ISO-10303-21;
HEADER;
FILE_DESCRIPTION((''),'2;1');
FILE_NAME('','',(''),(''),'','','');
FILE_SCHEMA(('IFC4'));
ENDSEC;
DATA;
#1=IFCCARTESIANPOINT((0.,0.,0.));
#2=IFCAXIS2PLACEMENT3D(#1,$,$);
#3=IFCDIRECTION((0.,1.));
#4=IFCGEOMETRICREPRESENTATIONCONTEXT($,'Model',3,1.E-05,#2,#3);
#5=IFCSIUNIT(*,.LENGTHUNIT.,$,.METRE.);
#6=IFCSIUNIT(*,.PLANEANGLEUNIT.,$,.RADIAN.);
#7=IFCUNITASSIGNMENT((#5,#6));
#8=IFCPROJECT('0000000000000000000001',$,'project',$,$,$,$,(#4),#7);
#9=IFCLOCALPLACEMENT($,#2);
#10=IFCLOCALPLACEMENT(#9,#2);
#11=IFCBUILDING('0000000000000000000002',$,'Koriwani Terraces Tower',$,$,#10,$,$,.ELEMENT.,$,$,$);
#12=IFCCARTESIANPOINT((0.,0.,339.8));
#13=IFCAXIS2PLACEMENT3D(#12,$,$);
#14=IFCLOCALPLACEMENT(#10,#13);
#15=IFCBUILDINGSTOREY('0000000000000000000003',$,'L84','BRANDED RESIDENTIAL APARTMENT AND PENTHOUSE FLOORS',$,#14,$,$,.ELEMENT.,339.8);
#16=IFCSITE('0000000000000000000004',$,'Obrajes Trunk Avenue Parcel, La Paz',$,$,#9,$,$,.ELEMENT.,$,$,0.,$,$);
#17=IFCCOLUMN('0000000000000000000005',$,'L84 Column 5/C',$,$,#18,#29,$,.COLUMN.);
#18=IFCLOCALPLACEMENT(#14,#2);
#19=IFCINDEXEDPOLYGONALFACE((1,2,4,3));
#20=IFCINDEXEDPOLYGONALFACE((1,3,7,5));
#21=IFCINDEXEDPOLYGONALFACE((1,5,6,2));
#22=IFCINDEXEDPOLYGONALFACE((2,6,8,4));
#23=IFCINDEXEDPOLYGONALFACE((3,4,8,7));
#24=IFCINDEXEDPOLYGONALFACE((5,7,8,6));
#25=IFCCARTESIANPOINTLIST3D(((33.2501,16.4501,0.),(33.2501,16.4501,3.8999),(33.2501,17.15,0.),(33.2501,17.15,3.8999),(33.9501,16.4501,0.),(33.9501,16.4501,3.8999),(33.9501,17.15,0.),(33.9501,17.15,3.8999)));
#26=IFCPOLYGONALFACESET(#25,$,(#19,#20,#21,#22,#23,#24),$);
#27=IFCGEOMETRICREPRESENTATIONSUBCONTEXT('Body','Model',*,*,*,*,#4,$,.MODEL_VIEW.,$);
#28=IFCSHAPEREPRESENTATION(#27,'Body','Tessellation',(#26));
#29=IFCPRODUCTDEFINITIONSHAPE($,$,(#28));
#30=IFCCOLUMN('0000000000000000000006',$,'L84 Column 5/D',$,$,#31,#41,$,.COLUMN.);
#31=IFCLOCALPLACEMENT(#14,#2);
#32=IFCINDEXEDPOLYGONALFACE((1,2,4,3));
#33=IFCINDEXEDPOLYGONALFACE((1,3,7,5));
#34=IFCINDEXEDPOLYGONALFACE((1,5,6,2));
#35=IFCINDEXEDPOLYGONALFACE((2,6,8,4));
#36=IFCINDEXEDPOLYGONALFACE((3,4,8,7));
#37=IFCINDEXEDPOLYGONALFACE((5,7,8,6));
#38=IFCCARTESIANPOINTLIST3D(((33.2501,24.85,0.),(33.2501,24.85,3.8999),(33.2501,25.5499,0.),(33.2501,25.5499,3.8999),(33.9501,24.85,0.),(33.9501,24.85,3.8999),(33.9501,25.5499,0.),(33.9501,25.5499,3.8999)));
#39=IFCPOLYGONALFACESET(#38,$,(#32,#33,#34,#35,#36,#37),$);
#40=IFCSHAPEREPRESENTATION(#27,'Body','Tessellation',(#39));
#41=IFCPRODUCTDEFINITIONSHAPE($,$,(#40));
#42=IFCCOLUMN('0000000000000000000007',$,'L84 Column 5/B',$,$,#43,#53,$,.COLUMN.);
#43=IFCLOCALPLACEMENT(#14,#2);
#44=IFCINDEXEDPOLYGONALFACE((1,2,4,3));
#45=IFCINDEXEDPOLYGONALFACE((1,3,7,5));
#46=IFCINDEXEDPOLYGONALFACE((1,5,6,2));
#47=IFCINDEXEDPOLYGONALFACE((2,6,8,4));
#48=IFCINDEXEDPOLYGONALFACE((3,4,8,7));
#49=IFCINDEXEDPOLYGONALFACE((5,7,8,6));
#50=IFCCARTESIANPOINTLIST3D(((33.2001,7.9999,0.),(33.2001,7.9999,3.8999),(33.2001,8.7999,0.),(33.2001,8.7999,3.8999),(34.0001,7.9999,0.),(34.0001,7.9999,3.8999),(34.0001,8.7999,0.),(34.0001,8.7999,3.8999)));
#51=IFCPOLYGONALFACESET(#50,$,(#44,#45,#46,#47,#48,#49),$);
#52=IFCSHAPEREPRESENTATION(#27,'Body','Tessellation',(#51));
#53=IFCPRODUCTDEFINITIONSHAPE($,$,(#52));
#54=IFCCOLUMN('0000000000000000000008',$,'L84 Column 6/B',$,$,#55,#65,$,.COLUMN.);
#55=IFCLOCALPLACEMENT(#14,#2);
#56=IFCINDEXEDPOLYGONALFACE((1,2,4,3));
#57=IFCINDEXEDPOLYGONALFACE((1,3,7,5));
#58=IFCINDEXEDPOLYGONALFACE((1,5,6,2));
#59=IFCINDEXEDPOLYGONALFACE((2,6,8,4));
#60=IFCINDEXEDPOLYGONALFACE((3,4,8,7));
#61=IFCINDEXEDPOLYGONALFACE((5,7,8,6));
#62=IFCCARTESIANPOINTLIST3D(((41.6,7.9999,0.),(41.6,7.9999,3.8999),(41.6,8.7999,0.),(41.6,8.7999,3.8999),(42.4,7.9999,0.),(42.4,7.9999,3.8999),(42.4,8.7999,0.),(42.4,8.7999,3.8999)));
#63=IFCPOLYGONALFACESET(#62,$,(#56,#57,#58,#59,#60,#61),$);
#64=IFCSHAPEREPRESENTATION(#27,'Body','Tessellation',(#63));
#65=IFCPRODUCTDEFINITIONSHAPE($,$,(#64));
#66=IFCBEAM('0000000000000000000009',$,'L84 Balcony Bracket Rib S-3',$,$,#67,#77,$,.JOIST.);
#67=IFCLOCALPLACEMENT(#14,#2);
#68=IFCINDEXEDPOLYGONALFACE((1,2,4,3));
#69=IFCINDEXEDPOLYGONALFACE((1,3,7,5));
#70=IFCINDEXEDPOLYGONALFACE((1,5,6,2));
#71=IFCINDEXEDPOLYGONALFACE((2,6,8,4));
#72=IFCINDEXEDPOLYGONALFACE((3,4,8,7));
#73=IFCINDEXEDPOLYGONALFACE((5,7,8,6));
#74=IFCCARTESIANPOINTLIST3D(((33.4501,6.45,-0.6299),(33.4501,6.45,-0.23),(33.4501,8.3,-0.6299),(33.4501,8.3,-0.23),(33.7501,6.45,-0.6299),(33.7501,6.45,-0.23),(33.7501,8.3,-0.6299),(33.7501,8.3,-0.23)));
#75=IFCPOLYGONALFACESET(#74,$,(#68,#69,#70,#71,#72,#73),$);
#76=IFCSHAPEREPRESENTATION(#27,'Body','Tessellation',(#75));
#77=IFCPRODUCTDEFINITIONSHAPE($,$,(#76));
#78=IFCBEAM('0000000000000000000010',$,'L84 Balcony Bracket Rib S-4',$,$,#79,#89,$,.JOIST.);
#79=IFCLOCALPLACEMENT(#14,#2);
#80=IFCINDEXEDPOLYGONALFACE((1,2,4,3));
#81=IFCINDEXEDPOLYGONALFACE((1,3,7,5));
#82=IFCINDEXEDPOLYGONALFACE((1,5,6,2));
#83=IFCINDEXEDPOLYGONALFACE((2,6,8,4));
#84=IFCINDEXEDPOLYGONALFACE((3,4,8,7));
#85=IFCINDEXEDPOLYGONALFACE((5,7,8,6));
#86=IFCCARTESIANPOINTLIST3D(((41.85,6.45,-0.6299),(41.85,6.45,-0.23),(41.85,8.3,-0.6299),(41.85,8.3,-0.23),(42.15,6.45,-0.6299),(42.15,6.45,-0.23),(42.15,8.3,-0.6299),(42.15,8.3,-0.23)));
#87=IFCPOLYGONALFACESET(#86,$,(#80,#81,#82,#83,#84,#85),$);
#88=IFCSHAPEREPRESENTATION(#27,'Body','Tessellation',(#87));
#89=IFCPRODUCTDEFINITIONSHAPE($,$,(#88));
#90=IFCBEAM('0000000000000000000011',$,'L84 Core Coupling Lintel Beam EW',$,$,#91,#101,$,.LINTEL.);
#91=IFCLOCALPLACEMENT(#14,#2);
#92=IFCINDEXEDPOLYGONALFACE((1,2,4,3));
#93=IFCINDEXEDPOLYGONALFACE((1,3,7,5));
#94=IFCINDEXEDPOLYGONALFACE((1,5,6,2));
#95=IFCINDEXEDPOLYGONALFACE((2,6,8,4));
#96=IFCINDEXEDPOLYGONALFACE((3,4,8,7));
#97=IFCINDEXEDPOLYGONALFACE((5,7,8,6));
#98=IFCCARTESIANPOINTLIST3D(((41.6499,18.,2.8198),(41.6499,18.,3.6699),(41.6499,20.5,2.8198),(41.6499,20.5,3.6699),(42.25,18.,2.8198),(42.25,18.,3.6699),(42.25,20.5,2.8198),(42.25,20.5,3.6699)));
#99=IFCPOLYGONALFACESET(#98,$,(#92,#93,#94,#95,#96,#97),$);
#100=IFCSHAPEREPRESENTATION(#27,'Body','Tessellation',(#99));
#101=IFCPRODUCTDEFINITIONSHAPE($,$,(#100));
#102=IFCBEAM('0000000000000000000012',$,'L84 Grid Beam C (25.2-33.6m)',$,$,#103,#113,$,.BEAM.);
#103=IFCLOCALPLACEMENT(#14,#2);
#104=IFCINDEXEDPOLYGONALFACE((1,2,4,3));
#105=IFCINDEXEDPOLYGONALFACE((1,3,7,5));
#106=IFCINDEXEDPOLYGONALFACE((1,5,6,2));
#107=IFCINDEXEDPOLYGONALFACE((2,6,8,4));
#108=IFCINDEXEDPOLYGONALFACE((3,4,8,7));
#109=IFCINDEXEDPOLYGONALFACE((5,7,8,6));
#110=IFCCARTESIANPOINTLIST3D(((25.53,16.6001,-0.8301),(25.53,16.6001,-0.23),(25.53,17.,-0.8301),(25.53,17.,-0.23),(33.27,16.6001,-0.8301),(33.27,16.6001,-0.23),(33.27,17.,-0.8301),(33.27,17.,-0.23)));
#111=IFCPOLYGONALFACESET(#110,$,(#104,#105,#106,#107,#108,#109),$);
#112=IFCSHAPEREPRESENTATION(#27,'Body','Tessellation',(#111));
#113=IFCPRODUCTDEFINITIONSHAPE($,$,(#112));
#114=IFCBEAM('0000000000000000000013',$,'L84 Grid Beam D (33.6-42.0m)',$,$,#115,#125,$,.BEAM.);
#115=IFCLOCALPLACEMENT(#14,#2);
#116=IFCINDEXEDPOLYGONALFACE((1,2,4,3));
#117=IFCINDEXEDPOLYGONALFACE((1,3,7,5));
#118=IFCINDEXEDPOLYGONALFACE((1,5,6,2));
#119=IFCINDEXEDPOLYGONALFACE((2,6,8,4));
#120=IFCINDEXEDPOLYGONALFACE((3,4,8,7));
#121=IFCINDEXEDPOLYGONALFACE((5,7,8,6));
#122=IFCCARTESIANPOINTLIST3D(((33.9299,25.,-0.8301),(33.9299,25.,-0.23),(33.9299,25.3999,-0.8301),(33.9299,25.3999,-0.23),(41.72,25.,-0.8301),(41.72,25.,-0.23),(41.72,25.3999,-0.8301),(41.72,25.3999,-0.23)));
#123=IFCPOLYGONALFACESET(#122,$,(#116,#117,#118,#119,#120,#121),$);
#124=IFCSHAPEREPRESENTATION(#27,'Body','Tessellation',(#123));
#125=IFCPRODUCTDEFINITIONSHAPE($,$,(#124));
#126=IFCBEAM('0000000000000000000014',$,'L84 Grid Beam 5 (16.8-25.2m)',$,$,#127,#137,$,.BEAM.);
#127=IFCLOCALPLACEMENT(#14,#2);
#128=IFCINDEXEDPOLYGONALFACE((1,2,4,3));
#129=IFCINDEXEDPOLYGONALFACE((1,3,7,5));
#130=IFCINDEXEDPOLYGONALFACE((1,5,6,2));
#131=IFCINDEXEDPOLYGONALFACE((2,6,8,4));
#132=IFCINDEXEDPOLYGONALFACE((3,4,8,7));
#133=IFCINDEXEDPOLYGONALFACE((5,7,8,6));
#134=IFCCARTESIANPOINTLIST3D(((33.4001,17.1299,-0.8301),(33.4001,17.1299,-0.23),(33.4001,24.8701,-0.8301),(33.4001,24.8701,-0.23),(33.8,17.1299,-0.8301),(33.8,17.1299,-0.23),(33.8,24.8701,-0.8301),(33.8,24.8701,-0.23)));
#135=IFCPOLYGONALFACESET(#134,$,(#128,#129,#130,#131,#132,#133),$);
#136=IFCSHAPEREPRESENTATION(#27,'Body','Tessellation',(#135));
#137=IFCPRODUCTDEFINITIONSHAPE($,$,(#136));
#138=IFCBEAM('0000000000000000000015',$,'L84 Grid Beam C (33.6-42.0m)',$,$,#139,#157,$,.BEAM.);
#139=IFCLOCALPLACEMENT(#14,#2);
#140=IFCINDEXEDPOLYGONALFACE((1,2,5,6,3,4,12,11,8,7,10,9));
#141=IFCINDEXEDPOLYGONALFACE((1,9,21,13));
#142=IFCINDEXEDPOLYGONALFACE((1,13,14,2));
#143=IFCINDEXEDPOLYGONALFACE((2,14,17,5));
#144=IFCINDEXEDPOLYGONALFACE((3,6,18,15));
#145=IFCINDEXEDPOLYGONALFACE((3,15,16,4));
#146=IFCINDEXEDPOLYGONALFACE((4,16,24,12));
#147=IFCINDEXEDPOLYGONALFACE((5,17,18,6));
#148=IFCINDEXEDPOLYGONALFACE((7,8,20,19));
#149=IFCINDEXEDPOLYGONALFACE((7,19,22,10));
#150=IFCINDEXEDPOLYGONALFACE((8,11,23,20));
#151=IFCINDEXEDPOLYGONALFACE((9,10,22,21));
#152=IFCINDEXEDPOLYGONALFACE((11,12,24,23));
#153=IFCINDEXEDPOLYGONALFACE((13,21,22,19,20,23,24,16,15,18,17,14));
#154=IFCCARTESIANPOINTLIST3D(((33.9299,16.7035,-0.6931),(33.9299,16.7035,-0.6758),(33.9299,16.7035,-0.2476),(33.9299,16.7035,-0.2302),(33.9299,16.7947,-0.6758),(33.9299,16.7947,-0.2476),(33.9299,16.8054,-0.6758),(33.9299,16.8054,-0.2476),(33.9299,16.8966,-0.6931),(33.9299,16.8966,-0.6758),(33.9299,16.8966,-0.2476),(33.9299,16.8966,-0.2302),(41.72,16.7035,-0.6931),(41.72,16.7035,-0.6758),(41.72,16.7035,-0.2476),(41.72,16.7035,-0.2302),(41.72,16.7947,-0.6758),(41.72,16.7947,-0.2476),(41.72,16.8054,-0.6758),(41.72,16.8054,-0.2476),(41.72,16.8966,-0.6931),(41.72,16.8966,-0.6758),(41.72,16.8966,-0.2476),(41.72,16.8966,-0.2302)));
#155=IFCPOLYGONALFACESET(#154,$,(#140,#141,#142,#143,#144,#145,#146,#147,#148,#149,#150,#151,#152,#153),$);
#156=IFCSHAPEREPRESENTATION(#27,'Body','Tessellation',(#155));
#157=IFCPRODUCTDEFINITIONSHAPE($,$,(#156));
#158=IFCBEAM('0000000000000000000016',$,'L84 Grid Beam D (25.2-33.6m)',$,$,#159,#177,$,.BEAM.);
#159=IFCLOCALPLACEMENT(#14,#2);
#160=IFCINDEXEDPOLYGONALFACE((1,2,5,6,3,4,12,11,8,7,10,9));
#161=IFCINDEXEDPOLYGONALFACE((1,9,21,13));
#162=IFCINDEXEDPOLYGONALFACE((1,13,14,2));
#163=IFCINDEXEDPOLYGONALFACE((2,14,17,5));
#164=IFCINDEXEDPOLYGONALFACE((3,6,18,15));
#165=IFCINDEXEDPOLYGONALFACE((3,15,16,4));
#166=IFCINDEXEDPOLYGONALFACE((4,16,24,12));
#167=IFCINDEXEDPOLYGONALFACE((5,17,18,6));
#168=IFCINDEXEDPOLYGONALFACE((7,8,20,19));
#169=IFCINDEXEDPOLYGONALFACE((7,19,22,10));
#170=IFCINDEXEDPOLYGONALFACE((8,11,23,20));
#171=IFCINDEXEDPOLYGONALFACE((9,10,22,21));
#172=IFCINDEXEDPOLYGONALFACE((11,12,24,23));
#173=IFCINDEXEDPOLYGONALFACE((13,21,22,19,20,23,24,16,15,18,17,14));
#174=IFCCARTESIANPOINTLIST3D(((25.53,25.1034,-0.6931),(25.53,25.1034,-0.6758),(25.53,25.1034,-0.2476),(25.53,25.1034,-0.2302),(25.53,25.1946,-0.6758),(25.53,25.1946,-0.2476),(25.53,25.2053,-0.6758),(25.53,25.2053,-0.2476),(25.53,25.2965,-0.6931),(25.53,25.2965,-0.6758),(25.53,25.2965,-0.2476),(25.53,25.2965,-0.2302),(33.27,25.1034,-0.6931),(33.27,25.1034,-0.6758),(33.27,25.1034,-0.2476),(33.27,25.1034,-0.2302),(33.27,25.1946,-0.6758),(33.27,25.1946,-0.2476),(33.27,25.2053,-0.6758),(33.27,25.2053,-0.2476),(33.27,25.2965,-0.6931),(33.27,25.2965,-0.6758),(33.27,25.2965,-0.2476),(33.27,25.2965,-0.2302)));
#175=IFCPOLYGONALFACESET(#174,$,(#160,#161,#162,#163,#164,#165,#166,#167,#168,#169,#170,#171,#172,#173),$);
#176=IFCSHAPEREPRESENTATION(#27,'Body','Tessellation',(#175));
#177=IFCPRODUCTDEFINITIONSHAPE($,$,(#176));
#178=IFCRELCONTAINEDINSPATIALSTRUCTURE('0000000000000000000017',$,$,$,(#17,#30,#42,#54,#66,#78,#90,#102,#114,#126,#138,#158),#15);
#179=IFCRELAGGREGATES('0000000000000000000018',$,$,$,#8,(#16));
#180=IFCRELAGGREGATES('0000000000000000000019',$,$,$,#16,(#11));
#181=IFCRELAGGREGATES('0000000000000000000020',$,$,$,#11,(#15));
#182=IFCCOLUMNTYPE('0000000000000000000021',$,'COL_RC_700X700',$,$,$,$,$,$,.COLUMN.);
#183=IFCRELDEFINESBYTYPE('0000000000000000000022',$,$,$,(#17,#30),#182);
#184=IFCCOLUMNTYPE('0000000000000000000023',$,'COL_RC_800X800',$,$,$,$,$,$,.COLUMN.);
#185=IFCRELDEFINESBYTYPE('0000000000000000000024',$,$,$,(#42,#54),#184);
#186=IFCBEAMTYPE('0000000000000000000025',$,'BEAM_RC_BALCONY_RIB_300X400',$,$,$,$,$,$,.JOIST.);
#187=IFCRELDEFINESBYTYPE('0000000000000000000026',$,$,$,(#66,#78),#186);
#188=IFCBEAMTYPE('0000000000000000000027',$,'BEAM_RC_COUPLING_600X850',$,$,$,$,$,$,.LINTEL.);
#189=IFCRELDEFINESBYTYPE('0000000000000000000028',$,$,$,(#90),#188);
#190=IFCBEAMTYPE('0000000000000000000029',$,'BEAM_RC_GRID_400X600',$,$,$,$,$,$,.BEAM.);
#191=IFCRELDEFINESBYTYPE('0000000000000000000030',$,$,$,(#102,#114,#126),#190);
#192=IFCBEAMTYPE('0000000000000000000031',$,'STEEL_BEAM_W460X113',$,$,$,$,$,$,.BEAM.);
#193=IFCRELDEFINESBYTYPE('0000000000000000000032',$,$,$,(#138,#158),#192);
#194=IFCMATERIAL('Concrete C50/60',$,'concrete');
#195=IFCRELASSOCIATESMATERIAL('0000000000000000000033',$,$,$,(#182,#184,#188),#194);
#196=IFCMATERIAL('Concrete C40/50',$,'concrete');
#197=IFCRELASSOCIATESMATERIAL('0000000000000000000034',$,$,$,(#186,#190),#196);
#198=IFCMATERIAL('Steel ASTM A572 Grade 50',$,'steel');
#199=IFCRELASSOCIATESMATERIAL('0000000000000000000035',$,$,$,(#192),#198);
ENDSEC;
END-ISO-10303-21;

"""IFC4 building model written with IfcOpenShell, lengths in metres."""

from ifc_helpers import new_model, si_unit, direction, frame, origin, origin_2d, place, context, subcontext, project, spatial, rectangle, i_section, extrude, material, material_profile, profile_set, type_object, element, save


model = new_model("IFC4")

# Units and contexts
model_context = context("Model", 3, precision=1e-05, world=origin(), true_north=direction((0.0, 1.0)))
body_context = subcontext(model_context, "Body", "Model", "MODEL_VIEW")
ifc_project = project(units=[si_unit("LENGTHUNIT", "METRE"), si_unit("PLANEANGLEUNIT", "RADIAN")], contexts=[model_context])

# Site, building, storey
site_placement = place(None, origin())
site = spatial("IfcSite", under=ifc_project, at=site_placement, Name="Obrajes Trunk Avenue Parcel, La Paz", CompositionType="ELEMENT", RefElevation=0.0)
building_placement = place(site_placement, origin())
building = spatial("IfcBuilding", under=site, at=building_placement, Name="Koriwani Terraces Tower", CompositionType="ELEMENT")
storey_placement = place(building_placement, frame((0.0, 0.0, 339.8)))
storey = spatial("IfcBuildingStorey", under=building, at=storey_placement, Name="L84", Description="BRANDED RESIDENTIAL APARTMENT AND PENTHOUSE FLOORS", CompositionType="ELEMENT", Elevation=339.8)

# Columns
ifc_material_1 = material(Name="Concrete C50/60", Category="concrete")
ifc_material_profile_1 = material_profile(ifc_material_1, rectangle(XDim=0.7, YDim=0.7, at=origin_2d()), Name="Concrete C50/60", Category="LoadBearing")
ifc_profile_set_1 = profile_set([ifc_material_profile_1], Name="Concrete C50/60")
column_type_1 = type_object("IfcColumnType", Name="COL_RC_700X700", PredefinedType="COLUMN", material=ifc_profile_set_1)
for number, where, z_axis, x_axis, name in (
    (1, (33.6001, 16.8, 0.0), (0.0, 0.0, 1.0), (1.0, 0.0, 0.0), "L84 Column 5/C"),
    (2, (33.6001, 25.2, 0.0), (0.0, 0.0, 1.0), (1.0, 0.0, 0.0), "L84 Column 5/D"),
):
    element("IfcColumn", number, at=place(storey_placement, frame(where, z_axis=z_axis, x_axis=x_axis)), inside=storey, type_object=column_type_1, Name=name, PredefinedType="COLUMN", context=body_context, shape_type="SweptSolid", body=[
        extrude(rectangle(XDim=0.7, YDim=0.7, at=origin_2d()), origin(), (0.0, 0.0, 1.0), 3.8999),
    ])
ifc_material_profile_2 = material_profile(ifc_material_1, rectangle(XDim=0.8, YDim=0.8, at=origin_2d()), Name="Concrete C50/60", Category="LoadBearing")
ifc_profile_set_2 = profile_set([ifc_material_profile_2], Name="Concrete C50/60")
column_type_2 = type_object("IfcColumnType", Name="COL_RC_800X800", PredefinedType="COLUMN", material=ifc_profile_set_2)
for number, where, z_axis, x_axis, name in (
    (3, (33.6001, 8.3999, 0.0), (0.0, 0.0, 1.0), (1.0, 0.0, 0.0), "L84 Column 5/B"),
    (4, (42.0, 8.3999, 0.0), (0.0, 0.0, 1.0), (1.0, 0.0, 0.0), "L84 Column 6/B"),
):
    element("IfcColumn", number, at=place(storey_placement, frame(where, z_axis=z_axis, x_axis=x_axis)), inside=storey, type_object=column_type_2, Name=name, PredefinedType="COLUMN", context=body_context, shape_type="SweptSolid", body=[
        extrude(rectangle(XDim=0.8, YDim=0.8, at=origin_2d()), origin(), (0.0, 0.0, 1.0), 3.8999),
    ])

# Beams
ifc_material_2 = material(Name="Concrete C40/50", Category="concrete")
ifc_material_profile_3 = material_profile(ifc_material_2, rectangle(XDim=0.3, YDim=0.3999, at=origin_2d()), Name="Concrete C40/50", Category="LoadBearing")
ifc_profile_set_3 = profile_set([ifc_material_profile_3], Name="Concrete C40/50")
beam_type_1 = type_object("IfcBeamType", Name="BEAM_RC_BALCONY_RIB_300X400", PredefinedType="JOIST", material=ifc_profile_set_3)
for number, where, z_axis, x_axis, name in (
    (5, (33.6001, 6.45, -0.4299), (0.0, 1.0, 0.0), (-1.0, 0.0, 0.0), "L84 Balcony Bracket Rib S-3"),
    (6, (42.0, 6.45, -0.4299), (0.0, 1.0, 0.0), (-1.0, 0.0, 0.0), "L84 Balcony Bracket Rib S-4"),
):
    element("IfcBeam", number, at=place(storey_placement, frame(where, z_axis=z_axis, x_axis=x_axis)), inside=storey, type_object=beam_type_1, Name=name, PredefinedType="JOIST", context=body_context, shape_type="SweptSolid", body=[
        extrude(rectangle(XDim=0.3, YDim=0.3999, at=origin_2d()), origin(), (0.0, 0.0, 1.0), 1.8501),
    ])
ifc_material_profile_4 = material_profile(ifc_material_1, rectangle(XDim=0.6001, YDim=0.8501, at=origin_2d()), Name="Concrete C50/60", Category="LoadBearing")
ifc_profile_set_4 = profile_set([ifc_material_profile_4], Name="Concrete C50/60")
beam_type_2 = type_object("IfcBeamType", Name="BEAM_RC_COUPLING_600X850", PredefinedType="LINTEL", material=ifc_profile_set_4)
beam_1_placement = place(storey_placement, frame((41.95, 18.0, 3.2449), z_axis=(0.0, 1.0, 0.0), x_axis=(-1.0, 0.0, 0.0)))
element("IfcBeam", 7, at=beam_1_placement, inside=storey, type_object=beam_type_2, Name="L84 Core Coupling Lintel Beam EW", PredefinedType="LINTEL", context=body_context, shape_type="SweptSolid", body=[
    extrude(rectangle(XDim=0.6001, YDim=0.8501, at=origin_2d()), origin(), (0.0, 0.0, 1.0), 2.5),
])
ifc_material_profile_5 = material_profile(ifc_material_2, rectangle(XDim=0.3999, YDim=0.6001, at=origin_2d()), Name="Concrete C40/50", Category="LoadBearing")
ifc_profile_set_5 = profile_set([ifc_material_profile_5], Name="Concrete C40/50")
beam_type_3 = type_object("IfcBeamType", Name="BEAM_RC_GRID_400X600", PredefinedType="BEAM", material=ifc_profile_set_5)
beam_2_placement = place(storey_placement, frame((25.53, 16.8, -0.53), z_axis=(1.0, 0.0, 0.0), x_axis=(0.0, 1.0, 0.0)))
element("IfcBeam", 8, at=beam_2_placement, inside=storey, type_object=beam_type_3, Name="L84 Grid Beam C (25.2-33.6m)", PredefinedType="BEAM", context=body_context, shape_type="SweptSolid", body=[
    extrude(rectangle(XDim=0.3999, YDim=0.6001, at=origin_2d()), origin(), (0.0, 0.0, 1.0), 7.74),
])
beam_3_placement = place(storey_placement, frame((33.9299, 25.2, -0.53), z_axis=(1.0, 0.0, 0.0), x_axis=(0.0, 1.0, 0.0)))
element("IfcBeam", 9, at=beam_3_placement, inside=storey, type_object=beam_type_3, Name="L84 Grid Beam D (33.6-42.0m)", PredefinedType="BEAM", context=body_context, shape_type="SweptSolid", body=[
    extrude(rectangle(XDim=0.3999, YDim=0.6001, at=origin_2d()), origin(), (0.0, 0.0, 1.0), 7.79),
])
beam_4_placement = place(storey_placement, frame((33.6001, 17.1299, -0.53), z_axis=(0.0, 1.0, 0.0), x_axis=(-1.0, 0.0, 0.0)))
element("IfcBeam", 10, at=beam_4_placement, inside=storey, type_object=beam_type_3, Name="L84 Grid Beam 5 (16.8-25.2m)", PredefinedType="BEAM", context=body_context, shape_type="SweptSolid", body=[
    extrude(rectangle(XDim=0.3999, YDim=0.6001, at=origin_2d()), origin(), (0.0, 0.0, 1.0), 7.7402),
])
ifc_material_3 = material(Name="Steel ASTM A572 Grade 50", Category="steel")
ifc_material_profile_6 = material_profile(ifc_material_3, i_section(OverallWidth=0.1931, OverallDepth=0.4629, WebThickness=0.0107, FlangeThickness=0.0173, at=origin_2d()), Name="Steel ASTM A572 Grade 50", Category="LoadBearing")
ifc_profile_set_6 = profile_set([ifc_material_profile_6], Name="Steel ASTM A572 Grade 50")
beam_type_4 = type_object("IfcBeamType", Name="STEEL_BEAM_W460X113", PredefinedType="BEAM", material=ifc_profile_set_6)
beam_5_placement = place(storey_placement, frame((33.9299, 16.8, -0.4617), z_axis=(1.0, 0.0, 0.0), x_axis=(0.0, 1.0, 0.0)))
element("IfcBeam", 11, at=beam_5_placement, inside=storey, type_object=beam_type_4, Name="L84 Grid Beam C (33.6-42.0m)", PredefinedType="BEAM", context=body_context, shape_type="SweptSolid", body=[
    extrude(i_section(OverallWidth=0.1931, OverallDepth=0.4629, WebThickness=0.0107, FlangeThickness=0.0173, at=origin_2d()), origin(), (0.0, 0.0, 1.0), 7.79),
])
beam_6_placement = place(storey_placement, frame((25.53, 25.2, -0.4617), z_axis=(1.0, 0.0, 0.0), x_axis=(0.0, 1.0, 0.0)))
element("IfcBeam", 12, at=beam_6_placement, inside=storey, type_object=beam_type_4, Name="L84 Grid Beam D (25.2-33.6m)", PredefinedType="BEAM", context=body_context, shape_type="SweptSolid", body=[
    extrude(i_section(OverallWidth=0.1931, OverallDepth=0.4629, WebThickness=0.0107, FlangeThickness=0.0173, at=origin_2d()), origin(), (0.0, 0.0, 1.0), 7.74),
])

save(model, "model.ifc")
